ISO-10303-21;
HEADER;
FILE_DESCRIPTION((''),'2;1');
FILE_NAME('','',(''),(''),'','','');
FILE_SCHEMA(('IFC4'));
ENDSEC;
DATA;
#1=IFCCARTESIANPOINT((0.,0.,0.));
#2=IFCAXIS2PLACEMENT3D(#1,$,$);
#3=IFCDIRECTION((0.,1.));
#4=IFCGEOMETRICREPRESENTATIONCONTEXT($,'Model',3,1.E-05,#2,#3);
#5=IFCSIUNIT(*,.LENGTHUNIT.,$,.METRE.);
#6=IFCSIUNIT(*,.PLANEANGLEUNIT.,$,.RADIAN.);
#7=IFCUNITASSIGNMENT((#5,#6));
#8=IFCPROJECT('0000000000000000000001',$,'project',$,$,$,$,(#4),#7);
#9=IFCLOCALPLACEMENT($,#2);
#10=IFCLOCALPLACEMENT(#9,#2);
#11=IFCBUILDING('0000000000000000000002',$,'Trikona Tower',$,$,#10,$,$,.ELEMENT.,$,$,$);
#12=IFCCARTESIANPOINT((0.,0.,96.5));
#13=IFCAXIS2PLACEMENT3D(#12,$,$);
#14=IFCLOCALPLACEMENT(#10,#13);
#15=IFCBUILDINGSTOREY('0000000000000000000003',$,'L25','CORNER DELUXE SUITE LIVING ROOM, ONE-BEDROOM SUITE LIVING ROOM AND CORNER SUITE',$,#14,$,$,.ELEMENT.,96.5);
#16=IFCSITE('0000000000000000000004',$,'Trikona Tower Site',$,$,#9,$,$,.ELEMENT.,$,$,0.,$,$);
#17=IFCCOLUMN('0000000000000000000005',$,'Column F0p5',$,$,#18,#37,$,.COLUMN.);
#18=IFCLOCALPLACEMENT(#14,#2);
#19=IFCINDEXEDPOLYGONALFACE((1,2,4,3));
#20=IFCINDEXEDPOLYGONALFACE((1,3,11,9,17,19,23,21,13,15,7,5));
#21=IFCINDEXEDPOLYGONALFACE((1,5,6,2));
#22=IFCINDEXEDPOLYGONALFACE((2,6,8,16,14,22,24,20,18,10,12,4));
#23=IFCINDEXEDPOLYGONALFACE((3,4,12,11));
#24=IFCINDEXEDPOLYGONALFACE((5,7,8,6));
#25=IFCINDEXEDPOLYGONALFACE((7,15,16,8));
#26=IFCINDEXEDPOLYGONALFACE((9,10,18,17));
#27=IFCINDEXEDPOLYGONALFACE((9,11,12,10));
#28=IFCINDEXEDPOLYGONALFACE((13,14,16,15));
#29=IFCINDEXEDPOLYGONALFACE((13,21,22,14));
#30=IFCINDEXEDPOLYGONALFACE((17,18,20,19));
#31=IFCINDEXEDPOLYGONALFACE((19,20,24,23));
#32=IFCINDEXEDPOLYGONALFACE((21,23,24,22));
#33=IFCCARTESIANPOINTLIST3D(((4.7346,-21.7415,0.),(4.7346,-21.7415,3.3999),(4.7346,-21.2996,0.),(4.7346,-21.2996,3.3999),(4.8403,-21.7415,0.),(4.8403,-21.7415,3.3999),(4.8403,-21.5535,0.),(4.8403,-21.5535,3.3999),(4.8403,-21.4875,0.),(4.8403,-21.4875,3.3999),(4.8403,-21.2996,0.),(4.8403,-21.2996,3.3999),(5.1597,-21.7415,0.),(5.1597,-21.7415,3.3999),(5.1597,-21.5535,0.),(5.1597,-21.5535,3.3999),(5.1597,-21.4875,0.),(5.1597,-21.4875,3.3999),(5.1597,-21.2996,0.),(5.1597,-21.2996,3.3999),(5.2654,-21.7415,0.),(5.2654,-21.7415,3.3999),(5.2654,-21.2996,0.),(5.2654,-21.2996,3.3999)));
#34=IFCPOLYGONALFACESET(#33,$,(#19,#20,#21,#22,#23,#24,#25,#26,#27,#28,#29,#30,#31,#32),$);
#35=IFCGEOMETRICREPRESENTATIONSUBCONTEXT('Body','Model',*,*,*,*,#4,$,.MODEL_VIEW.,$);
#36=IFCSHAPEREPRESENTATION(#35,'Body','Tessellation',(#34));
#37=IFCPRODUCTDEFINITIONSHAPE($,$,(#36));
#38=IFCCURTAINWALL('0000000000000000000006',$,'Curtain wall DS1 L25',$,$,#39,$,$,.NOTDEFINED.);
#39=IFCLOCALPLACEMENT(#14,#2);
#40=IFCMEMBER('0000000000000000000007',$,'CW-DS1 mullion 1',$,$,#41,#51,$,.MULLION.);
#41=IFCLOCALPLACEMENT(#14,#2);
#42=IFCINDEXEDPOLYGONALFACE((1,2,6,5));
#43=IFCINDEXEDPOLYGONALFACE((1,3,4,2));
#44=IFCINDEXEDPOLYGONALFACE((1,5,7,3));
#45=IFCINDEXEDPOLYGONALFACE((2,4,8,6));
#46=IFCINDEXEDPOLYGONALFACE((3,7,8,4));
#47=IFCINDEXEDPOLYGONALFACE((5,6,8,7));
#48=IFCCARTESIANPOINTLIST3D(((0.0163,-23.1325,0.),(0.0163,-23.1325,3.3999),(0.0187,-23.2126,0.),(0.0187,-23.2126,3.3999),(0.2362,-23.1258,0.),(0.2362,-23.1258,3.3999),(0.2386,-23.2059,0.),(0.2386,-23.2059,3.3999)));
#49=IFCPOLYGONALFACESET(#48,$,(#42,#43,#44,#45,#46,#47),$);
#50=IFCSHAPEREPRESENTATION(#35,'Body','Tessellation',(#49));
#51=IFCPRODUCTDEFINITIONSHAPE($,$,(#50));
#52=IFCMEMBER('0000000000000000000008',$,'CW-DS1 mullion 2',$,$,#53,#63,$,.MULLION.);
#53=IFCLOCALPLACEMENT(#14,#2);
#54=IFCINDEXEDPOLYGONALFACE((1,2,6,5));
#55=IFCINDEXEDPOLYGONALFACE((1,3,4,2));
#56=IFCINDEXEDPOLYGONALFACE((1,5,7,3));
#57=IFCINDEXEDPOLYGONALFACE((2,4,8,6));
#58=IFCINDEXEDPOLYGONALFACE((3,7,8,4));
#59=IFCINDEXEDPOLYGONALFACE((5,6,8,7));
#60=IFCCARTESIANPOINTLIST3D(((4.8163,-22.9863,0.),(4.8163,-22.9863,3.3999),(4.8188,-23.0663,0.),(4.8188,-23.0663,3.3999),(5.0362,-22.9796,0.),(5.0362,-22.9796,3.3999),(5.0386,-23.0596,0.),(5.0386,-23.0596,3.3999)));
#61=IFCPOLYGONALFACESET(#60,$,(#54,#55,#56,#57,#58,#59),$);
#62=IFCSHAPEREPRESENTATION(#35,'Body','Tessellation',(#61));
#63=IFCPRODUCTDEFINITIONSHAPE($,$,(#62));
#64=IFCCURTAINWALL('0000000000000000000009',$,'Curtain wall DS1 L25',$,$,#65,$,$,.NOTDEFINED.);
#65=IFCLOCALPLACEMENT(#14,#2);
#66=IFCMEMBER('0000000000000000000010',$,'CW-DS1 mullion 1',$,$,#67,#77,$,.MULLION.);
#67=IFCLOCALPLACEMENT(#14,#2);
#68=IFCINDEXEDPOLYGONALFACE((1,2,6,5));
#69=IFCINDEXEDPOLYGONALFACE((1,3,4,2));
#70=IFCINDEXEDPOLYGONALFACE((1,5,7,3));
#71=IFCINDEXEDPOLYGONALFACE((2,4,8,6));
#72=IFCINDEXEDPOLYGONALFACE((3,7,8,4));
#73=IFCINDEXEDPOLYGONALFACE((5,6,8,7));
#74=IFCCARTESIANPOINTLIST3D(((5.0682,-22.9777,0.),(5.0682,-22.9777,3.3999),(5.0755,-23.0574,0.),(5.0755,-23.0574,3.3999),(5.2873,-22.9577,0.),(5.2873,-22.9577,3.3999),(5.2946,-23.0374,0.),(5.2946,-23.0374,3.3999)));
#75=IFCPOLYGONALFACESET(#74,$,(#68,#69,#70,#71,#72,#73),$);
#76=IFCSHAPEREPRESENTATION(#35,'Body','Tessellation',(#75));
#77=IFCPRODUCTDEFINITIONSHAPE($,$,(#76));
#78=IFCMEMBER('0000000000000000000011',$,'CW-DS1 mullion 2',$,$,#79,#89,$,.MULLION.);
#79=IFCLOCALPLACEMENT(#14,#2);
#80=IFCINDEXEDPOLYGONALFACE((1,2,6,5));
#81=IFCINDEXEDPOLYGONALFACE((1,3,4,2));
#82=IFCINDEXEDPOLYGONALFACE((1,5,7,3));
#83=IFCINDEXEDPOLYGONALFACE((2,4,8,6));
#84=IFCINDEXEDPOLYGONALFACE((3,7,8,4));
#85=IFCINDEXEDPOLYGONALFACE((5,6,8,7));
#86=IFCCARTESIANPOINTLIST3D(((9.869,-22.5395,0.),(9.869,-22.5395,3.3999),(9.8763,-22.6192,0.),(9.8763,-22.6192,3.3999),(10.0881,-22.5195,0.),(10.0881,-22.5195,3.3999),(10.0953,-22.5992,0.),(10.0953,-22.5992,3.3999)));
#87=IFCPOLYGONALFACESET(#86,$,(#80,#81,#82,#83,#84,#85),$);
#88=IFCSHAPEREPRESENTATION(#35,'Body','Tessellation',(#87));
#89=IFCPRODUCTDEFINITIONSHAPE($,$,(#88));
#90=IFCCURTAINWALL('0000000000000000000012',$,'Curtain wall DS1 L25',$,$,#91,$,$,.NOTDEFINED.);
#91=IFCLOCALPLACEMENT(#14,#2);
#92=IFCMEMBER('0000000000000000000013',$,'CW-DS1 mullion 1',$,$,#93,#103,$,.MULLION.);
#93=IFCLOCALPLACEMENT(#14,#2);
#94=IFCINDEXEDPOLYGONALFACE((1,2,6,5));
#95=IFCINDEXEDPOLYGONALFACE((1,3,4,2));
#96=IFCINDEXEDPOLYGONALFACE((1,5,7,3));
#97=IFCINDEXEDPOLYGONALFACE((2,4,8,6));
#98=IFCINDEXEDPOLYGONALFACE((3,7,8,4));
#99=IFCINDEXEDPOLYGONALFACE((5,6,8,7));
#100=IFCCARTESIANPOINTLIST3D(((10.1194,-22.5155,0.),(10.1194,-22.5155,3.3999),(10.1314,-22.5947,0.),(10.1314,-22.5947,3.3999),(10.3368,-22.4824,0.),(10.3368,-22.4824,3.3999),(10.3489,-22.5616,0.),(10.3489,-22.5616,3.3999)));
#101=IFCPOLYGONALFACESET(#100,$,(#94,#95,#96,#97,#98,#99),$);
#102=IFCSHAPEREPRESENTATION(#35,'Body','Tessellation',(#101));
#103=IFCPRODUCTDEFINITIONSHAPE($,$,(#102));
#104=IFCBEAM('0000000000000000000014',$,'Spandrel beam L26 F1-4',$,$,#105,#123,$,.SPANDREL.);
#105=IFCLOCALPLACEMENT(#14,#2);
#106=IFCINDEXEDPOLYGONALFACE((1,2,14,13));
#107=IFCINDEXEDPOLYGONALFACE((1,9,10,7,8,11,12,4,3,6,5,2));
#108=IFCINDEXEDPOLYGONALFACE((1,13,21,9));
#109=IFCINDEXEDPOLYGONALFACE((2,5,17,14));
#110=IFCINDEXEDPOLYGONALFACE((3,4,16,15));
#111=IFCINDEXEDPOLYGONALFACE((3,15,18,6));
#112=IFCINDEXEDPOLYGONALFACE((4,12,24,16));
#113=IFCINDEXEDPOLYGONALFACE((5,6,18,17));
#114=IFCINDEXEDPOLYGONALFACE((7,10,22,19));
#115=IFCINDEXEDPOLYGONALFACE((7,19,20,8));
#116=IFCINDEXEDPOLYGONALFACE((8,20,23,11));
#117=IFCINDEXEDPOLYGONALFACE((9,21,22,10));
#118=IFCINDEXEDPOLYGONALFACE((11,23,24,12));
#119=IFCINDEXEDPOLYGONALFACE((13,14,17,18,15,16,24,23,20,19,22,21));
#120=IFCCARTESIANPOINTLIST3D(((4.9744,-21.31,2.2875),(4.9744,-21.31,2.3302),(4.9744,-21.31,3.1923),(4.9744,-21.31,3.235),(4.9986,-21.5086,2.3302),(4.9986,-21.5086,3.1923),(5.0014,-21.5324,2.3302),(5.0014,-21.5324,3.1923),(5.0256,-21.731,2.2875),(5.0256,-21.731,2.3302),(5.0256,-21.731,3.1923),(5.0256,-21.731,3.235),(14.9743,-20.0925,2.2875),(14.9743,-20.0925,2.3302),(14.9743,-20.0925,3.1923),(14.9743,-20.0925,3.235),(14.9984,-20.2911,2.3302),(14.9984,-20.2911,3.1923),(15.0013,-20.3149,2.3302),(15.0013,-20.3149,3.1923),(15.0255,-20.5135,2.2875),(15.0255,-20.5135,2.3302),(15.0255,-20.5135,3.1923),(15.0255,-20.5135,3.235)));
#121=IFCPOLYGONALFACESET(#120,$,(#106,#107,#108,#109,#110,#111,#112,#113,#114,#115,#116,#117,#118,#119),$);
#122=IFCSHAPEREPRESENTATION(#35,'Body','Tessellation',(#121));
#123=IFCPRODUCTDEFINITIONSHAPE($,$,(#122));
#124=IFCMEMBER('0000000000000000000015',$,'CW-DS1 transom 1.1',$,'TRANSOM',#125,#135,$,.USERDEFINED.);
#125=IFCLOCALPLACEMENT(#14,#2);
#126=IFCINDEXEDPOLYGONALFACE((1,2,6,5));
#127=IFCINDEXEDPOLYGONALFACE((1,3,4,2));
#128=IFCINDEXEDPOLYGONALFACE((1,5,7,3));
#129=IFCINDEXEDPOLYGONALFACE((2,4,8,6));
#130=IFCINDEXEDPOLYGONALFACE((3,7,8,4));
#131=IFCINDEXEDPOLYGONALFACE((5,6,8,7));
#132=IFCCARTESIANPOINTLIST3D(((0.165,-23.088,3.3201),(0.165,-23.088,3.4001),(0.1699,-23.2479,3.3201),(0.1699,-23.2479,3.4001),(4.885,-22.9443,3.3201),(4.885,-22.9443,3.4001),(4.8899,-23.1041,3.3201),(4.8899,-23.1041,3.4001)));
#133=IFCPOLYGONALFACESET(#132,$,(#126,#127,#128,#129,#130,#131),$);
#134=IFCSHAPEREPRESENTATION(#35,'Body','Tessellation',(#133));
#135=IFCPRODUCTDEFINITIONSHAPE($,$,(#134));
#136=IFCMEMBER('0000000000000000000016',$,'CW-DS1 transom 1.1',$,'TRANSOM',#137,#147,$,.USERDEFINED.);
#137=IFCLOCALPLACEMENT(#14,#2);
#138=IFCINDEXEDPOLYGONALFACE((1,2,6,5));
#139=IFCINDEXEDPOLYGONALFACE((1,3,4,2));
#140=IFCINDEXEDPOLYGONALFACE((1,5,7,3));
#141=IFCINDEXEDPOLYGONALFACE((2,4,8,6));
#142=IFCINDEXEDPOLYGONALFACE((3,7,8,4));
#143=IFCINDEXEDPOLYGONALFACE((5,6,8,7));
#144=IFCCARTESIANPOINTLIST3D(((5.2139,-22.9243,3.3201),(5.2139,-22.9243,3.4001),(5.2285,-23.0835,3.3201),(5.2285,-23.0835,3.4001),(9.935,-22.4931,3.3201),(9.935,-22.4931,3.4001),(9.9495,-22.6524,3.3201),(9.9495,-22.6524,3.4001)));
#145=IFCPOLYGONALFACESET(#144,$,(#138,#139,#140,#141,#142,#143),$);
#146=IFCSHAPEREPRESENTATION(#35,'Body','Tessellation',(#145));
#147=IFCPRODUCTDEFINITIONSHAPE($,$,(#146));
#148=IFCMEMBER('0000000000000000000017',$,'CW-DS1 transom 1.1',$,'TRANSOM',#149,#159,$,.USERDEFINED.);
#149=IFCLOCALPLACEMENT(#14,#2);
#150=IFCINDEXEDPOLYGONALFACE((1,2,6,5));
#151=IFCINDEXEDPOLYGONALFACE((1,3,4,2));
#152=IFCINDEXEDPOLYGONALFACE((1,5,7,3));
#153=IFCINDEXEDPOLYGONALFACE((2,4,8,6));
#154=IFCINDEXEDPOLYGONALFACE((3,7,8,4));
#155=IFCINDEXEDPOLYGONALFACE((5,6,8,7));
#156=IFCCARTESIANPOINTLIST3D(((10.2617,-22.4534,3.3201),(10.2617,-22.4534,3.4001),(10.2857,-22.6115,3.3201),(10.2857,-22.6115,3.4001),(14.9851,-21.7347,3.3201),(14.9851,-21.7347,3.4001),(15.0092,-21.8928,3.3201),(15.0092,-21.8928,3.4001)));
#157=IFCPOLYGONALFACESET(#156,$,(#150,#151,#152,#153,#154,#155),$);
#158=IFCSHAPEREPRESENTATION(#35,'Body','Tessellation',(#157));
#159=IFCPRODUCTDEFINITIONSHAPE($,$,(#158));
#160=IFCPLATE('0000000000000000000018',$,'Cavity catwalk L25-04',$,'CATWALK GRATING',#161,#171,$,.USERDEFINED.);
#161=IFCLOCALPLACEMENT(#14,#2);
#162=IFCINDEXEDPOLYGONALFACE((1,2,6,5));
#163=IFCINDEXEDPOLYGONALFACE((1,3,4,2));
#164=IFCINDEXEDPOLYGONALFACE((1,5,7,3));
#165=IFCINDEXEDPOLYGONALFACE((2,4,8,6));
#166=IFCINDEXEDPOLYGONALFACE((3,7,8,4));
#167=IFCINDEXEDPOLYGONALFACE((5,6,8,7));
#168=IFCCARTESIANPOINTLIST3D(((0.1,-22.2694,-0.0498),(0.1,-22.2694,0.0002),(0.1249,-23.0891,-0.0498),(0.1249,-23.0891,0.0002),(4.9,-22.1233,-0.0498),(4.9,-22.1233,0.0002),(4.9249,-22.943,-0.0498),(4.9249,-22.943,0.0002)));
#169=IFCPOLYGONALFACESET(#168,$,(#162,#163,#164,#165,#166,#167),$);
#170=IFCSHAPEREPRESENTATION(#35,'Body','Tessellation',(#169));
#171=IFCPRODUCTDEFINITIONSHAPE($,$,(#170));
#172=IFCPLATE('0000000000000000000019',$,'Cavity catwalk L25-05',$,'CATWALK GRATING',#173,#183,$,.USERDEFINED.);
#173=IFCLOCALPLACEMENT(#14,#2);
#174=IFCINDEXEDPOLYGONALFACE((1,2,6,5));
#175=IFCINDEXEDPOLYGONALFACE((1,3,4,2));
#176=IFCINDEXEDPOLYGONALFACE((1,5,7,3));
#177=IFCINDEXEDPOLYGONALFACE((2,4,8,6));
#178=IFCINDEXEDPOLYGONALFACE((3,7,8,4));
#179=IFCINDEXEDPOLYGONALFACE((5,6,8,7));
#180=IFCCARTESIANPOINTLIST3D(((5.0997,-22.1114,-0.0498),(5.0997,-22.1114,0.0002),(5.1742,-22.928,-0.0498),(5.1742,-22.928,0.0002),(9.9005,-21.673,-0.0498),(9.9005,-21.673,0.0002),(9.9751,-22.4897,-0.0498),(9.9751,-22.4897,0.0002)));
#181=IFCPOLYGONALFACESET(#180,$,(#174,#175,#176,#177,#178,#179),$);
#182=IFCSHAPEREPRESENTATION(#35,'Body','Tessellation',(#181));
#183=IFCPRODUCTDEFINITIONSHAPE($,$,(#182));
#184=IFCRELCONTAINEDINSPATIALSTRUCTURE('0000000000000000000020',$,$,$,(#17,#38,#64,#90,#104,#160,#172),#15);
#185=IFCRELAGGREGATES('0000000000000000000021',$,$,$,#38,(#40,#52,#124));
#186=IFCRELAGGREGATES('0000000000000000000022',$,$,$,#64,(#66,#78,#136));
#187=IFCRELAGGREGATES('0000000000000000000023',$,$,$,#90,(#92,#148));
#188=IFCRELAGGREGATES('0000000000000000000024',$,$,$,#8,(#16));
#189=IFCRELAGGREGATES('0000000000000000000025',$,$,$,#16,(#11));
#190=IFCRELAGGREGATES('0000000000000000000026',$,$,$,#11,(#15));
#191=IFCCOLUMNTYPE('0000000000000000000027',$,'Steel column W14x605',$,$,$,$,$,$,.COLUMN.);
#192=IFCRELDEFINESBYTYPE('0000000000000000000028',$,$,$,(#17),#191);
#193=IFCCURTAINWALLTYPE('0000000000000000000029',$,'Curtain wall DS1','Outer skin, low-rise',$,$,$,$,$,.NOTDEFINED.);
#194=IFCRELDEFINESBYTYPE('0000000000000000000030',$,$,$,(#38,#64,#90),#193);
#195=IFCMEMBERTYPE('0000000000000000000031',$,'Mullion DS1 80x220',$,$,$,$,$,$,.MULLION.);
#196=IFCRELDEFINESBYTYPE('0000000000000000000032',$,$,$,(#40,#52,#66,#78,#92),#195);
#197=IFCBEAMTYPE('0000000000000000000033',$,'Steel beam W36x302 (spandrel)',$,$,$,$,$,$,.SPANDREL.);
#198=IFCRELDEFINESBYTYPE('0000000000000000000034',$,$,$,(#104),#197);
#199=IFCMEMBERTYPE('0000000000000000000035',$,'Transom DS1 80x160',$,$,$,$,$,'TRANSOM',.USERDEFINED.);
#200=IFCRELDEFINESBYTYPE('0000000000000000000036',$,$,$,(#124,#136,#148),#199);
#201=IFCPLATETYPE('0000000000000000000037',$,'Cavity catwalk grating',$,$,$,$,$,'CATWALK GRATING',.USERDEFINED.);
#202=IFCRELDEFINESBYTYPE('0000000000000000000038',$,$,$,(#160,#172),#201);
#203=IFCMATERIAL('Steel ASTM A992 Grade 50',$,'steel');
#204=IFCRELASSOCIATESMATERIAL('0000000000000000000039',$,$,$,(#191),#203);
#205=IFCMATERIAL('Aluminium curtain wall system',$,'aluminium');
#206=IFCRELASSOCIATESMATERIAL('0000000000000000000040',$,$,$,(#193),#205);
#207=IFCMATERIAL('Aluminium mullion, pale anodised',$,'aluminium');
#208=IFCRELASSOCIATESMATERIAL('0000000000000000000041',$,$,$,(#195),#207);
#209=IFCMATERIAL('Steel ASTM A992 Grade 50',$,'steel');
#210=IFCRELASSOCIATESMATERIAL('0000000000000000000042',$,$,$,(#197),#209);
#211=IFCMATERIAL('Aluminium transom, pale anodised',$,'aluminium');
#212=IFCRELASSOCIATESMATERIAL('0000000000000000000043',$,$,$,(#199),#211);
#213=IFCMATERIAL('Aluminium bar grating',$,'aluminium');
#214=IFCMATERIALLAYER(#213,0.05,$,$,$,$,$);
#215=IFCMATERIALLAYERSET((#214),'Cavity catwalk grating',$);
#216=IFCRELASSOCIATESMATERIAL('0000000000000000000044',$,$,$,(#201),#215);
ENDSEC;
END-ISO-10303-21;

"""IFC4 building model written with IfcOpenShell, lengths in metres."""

from ifc_helpers import new_model, si_unit, direction, frame, origin, origin_2d, place, context, subcontext, project, spatial, rectangle, i_section, extrude, material, layer, layer_set, material_profile, profile_set, type_object, element, aggregate, save


model = new_model("IFC4")

# Units and contexts
model_context = context("Model", 3, precision=1e-05, world=origin(), true_north=direction((0.0, 1.0)))
body_context = subcontext(model_context, "Body", "Model", "MODEL_VIEW")
ifc_project = project(units=[si_unit("LENGTHUNIT", "METRE"), si_unit("PLANEANGLEUNIT", "RADIAN")], contexts=[model_context])

# Site, building, storey
site_placement = place(None, origin())
site = spatial("IfcSite", under=ifc_project, at=site_placement, Name="Trikona Tower Site", CompositionType="ELEMENT", RefElevation=0.0)
building_placement = place(site_placement, origin())
building = spatial("IfcBuilding", under=site, at=building_placement, Name="Trikona Tower", CompositionType="ELEMENT")
storey_placement = place(building_placement, frame((0.0, 0.0, 96.5)))
storey = spatial("IfcBuildingStorey", under=building, at=storey_placement, Name="L25", Description="CORNER DELUXE SUITE LIVING ROOM, ONE-BEDROOM SUITE LIVING ROOM AND CORNER SUITE", CompositionType="ELEMENT", Elevation=96.5)

# Column
ifc_material_1 = material(Name="Steel ASTM A992 Grade 50", Category="steel")
ifc_material_profile_1 = material_profile(ifc_material_1, i_section(OverallWidth=0.4419, OverallDepth=0.5308, WebThickness=0.0659, FlangeThickness=0.1057, at=origin_2d()), Name="W14X605")
ifc_profile_set_1 = profile_set([ifc_material_profile_1], Name="Steel ASTM A992 Grade 50")
column_type = type_object("IfcColumnType", Name="Steel column W14x605", PredefinedType="COLUMN", material=ifc_profile_set_1)
column_placement = place(storey_placement, frame((5.0, -21.5205, 0.0), z_axis=(0.0, 0.0, 1.0), x_axis=(0.0, -1.0, 0.0)))
element("IfcColumn", 1, at=column_placement, inside=storey, type_object=column_type, Name="Column F0p5", PredefinedType="COLUMN", context=body_context, shape_type="SweptSolid", body=[
    extrude(i_section(OverallWidth=0.4419, OverallDepth=0.5308, WebThickness=0.0659, FlangeThickness=0.1057, at=origin_2d()), origin(), (0.0, 0.0, 1.0), 3.3999),
])

# Curtain walls, members
ifc_material_2 = material(Name="Aluminium curtain wall system", Category="aluminium")
curtain_wall_type = type_object("IfcCurtainWallType", Name="Curtain wall DS1", Description="Outer skin, low-rise", PredefinedType="NOTDEFINED", material=ifc_material_2)
curtain_wall_1_placement = place(storey_placement, origin())
curtain_wall_1 = element("IfcCurtainWall", 2, at=curtain_wall_1_placement, inside=storey, type_object=curtain_wall_type, Name="Curtain wall DS1 L25", PredefinedType="NOTDEFINED")
ifc_material_3 = material(Name="Aluminium mullion, pale anodised", Category="aluminium")
ifc_material_profile_2 = material_profile(ifc_material_3, rectangle(XDim=0.0801, YDim=0.22, at=origin_2d()), Name="MUL-DS1")
ifc_profile_set_2 = profile_set([ifc_material_profile_2], Name="Aluminium mullion, pale anodised")
member_type_1 = type_object("IfcMemberType", Name="Mullion DS1 80x220", PredefinedType="MULLION", material=ifc_profile_set_2)
member_1_placement = place(storey_placement, frame((0.1274, -23.1692, 0.0), z_axis=(0.0, 0.0, 1.0), x_axis=(-0.030437, 0.999537, 0.0)))
member_1 = element("IfcMember", 3, at=member_1_placement, type_object=member_type_1, Name="CW-DS1 mullion 1", PredefinedType="MULLION", context=body_context, shape_type="SweptSolid", body=[
    extrude(rectangle(XDim=0.0801, YDim=0.22, at=origin_2d()), origin(), (0.0, 0.0, 1.0), 3.3999),
])
member_2_placement = place(storey_placement, frame((4.9275, -23.0229, 0.0), z_axis=(0.0, 0.0, 1.0), x_axis=(-0.030437, 0.999537, 0.0)))
member_2 = element("IfcMember", 4, at=member_2_placement, type_object=member_type_1, Name="CW-DS1 mullion 2", PredefinedType="MULLION", context=body_context, shape_type="SweptSolid", body=[
    extrude(rectangle(XDim=0.0801, YDim=0.22, at=origin_2d()), origin(), (0.0, 0.0, 1.0), 3.3999),
])
curtain_wall_2_placement = place(storey_placement, origin())
curtain_wall_2 = element("IfcCurtainWall", 5, at=curtain_wall_2_placement, inside=storey, type_object=curtain_wall_type, Name="Curtain wall DS1 L25", PredefinedType="NOTDEFINED")
member_3_placement = place(storey_placement, frame((5.1814, -23.0076, 0.0), z_axis=(0.0, 0.0, 1.0), x_axis=(-0.090924, 0.995858, 0.0)))
member_3 = element("IfcMember", 6, at=member_3_placement, type_object=member_type_1, Name="CW-DS1 mullion 1", PredefinedType="MULLION", context=body_context, shape_type="SweptSolid", body=[
    extrude(rectangle(XDim=0.0801, YDim=0.22, at=origin_2d()), origin(), (0.0, 0.0, 1.0), 3.3999),
])
member_4_placement = place(storey_placement, frame((9.9822, -22.5693, 0.0), z_axis=(0.0, 0.0, 1.0), x_axis=(-0.090924, 0.995858, 0.0)))
member_4 = element("IfcMember", 7, at=member_4_placement, type_object=member_type_1, Name="CW-DS1 mullion 2", PredefinedType="MULLION", context=body_context, shape_type="SweptSolid", body=[
    extrude(rectangle(XDim=0.0801, YDim=0.22, at=origin_2d()), origin(), (0.0, 0.0, 1.0), 3.3999),
])

# Curtain wall, member
curtain_wall_3_placement = place(storey_placement, origin())
curtain_wall_3 = element("IfcCurtainWall", 8, at=curtain_wall_3_placement, inside=storey, type_object=curtain_wall_type, Name="Curtain wall DS1 L25", PredefinedType="NOTDEFINED")
member_5_placement = place(storey_placement, frame((10.2341, -22.5386, 0.0), z_axis=(0.0, 0.0, 1.0), x_axis=(-0.150438, 0.988619, 0.0)))
member_5 = element("IfcMember", 9, at=member_5_placement, type_object=member_type_1, Name="CW-DS1 mullion 1", PredefinedType="MULLION", context=body_context, shape_type="SweptSolid", body=[
    extrude(rectangle(XDim=0.0801, YDim=0.22, at=origin_2d()), origin(), (0.0, 0.0, 1.0), 3.3999),
])

# Beam
ifc_material_4 = material(Name="Steel ASTM A992 Grade 50", Category="steel")
ifc_material_profile_3 = material_profile(ifc_material_4, i_section(OverallWidth=0.4241, OverallDepth=0.9475, WebThickness=0.0239, FlangeThickness=0.0427, at=origin_2d()), Name="W36X302")
ifc_profile_set_3 = profile_set([ifc_material_profile_3], Name="Steel ASTM A992 Grade 50")
beam_type = type_object("IfcBeamType", Name="Steel beam W36x302 (spandrel)", PredefinedType="SPANDREL", material=ifc_profile_set_3)
beam_placement = place(storey_placement, frame((5.0, -21.5205, 2.7612), z_axis=(0.99267, 0.12086, 0.0), x_axis=(-0.12086, 0.99267, 0.0)))
element("IfcBeam", 10, at=beam_placement, inside=storey, type_object=beam_type, Name="Spandrel beam L26 F1-4", PredefinedType="SPANDREL", context=body_context, shape_type="SweptSolid", body=[
    extrude(i_section(OverallWidth=0.4241, OverallDepth=0.9475, WebThickness=0.0239, FlangeThickness=0.0427, at=origin_2d()), origin(), (0.0, 0.0, 1.0), 10.0737),
])

# Members
ifc_material_5 = material(Name="Aluminium transom, pale anodised", Category="aluminium")
ifc_material_profile_4 = material_profile(ifc_material_5, rectangle(XDim=0.1599, YDim=0.0801, at=origin_2d()), Name="TRN-DS1")
ifc_profile_set_4 = profile_set([ifc_material_profile_4], Name="Aluminium transom, pale anodised")
member_type_2 = type_object("IfcMemberType", Name="Transom DS1 80x160", ElementType="TRANSOM", PredefinedType="USERDEFINED", material=ifc_profile_set_4)
member_6_placement = place(storey_placement, frame((0.1675, -23.168, 3.3601), z_axis=(0.999536, 0.030452, 0.0), x_axis=(-0.030452, 0.999536, 0.0)))
member_6 = element("IfcMember", 11, at=member_6_placement, type_object=member_type_2, Name="CW-DS1 transom 1.1", ObjectType="TRANSOM", PredefinedType="USERDEFINED", context=body_context, shape_type="SweptSolid", body=[
    extrude(rectangle(XDim=0.1599, YDim=0.0801, at=origin_2d()), origin(), (0.0, 0.0, 1.0), 4.7222),
])
member_7_placement = place(storey_placement, frame((5.2212, -23.0039, 3.3601), z_axis=(0.995856, 0.090944, 0.0), x_axis=(-0.090944, 0.995856, 0.0)))
member_7 = element("IfcMember", 12, at=member_7_placement, type_object=member_type_2, Name="CW-DS1 transom 1.1", ObjectType="TRANSOM", PredefinedType="USERDEFINED", context=body_context, shape_type="SweptSolid", body=[
    extrude(rectangle(XDim=0.1599, YDim=0.0801, at=origin_2d()), origin(), (0.0, 0.0, 1.0), 4.7407),
])
member_8_placement = place(storey_placement, frame((10.2737, -22.5325, 3.3601), z_axis=(0.98862, 0.150437, 0.0), x_axis=(-0.150437, 0.98862, 0.0)))
member_8 = element("IfcMember", 13, at=member_8_placement, type_object=member_type_2, Name="CW-DS1 transom 1.1", ObjectType="TRANSOM", PredefinedType="USERDEFINED", context=body_context, shape_type="SweptSolid", body=[
    extrude(rectangle(XDim=0.1599, YDim=0.0801, at=origin_2d()), origin(), (0.0, 0.0, 1.0), 4.7778),
])

# Plates
ifc_material_6 = material(Name="Aluminium bar grating", Category="aluminium")
ifc_layer_1 = layer(ifc_material_6, 0.05)
ifc_layer_set_1 = layer_set([ifc_layer_1], Name="Cavity catwalk grating")
plate_type_1 = type_object("IfcPlateType", Name="Cavity catwalk grating", ElementType="CATWALK GRATING", PredefinedType="USERDEFINED", material=ifc_layer_set_1)
plate_1_placement = place(storey_placement, frame((2.5125, -22.6062, -0.0498), z_axis=(0.0, 0.0, 1.0), x_axis=(0.999537, 0.030425, 0.0)))
element("IfcPlate", 14, at=plate_1_placement, inside=storey, type_object=plate_type_1, Name="Cavity catwalk L25-04", ObjectType="CATWALK GRATING", PredefinedType="USERDEFINED", context=body_context, shape_type="SweptSolid", body=[
    extrude(rectangle(XDim=4.8022, YDim=0.8201, at=origin_2d()), origin(), (0.0, 0.0, 1.0), 0.05),
])
plate_2_placement = place(storey_placement, frame((7.5374, -22.3005, -0.0498), z_axis=(0.0, 0.0, 1.0), x_axis=(0.995858, 0.090921, 0.0)))
element("IfcPlate", 15, at=plate_2_placement, inside=storey, type_object=plate_type_1, Name="Cavity catwalk L25-05", ObjectType="CATWALK GRATING", PredefinedType="USERDEFINED", context=body_context, shape_type="SweptSolid", body=[
    extrude(rectangle(XDim=4.8208, YDim=0.8201, at=origin_2d()), origin(), (0.0, 0.0, 1.0), 0.05),
])

aggregate(curtain_wall_1, [member_1, member_2, member_6])
aggregate(curtain_wall_2, [member_3, member_4, member_7])
aggregate(curtain_wall_3, [member_5, member_8])

save(model, "model.ifc")
